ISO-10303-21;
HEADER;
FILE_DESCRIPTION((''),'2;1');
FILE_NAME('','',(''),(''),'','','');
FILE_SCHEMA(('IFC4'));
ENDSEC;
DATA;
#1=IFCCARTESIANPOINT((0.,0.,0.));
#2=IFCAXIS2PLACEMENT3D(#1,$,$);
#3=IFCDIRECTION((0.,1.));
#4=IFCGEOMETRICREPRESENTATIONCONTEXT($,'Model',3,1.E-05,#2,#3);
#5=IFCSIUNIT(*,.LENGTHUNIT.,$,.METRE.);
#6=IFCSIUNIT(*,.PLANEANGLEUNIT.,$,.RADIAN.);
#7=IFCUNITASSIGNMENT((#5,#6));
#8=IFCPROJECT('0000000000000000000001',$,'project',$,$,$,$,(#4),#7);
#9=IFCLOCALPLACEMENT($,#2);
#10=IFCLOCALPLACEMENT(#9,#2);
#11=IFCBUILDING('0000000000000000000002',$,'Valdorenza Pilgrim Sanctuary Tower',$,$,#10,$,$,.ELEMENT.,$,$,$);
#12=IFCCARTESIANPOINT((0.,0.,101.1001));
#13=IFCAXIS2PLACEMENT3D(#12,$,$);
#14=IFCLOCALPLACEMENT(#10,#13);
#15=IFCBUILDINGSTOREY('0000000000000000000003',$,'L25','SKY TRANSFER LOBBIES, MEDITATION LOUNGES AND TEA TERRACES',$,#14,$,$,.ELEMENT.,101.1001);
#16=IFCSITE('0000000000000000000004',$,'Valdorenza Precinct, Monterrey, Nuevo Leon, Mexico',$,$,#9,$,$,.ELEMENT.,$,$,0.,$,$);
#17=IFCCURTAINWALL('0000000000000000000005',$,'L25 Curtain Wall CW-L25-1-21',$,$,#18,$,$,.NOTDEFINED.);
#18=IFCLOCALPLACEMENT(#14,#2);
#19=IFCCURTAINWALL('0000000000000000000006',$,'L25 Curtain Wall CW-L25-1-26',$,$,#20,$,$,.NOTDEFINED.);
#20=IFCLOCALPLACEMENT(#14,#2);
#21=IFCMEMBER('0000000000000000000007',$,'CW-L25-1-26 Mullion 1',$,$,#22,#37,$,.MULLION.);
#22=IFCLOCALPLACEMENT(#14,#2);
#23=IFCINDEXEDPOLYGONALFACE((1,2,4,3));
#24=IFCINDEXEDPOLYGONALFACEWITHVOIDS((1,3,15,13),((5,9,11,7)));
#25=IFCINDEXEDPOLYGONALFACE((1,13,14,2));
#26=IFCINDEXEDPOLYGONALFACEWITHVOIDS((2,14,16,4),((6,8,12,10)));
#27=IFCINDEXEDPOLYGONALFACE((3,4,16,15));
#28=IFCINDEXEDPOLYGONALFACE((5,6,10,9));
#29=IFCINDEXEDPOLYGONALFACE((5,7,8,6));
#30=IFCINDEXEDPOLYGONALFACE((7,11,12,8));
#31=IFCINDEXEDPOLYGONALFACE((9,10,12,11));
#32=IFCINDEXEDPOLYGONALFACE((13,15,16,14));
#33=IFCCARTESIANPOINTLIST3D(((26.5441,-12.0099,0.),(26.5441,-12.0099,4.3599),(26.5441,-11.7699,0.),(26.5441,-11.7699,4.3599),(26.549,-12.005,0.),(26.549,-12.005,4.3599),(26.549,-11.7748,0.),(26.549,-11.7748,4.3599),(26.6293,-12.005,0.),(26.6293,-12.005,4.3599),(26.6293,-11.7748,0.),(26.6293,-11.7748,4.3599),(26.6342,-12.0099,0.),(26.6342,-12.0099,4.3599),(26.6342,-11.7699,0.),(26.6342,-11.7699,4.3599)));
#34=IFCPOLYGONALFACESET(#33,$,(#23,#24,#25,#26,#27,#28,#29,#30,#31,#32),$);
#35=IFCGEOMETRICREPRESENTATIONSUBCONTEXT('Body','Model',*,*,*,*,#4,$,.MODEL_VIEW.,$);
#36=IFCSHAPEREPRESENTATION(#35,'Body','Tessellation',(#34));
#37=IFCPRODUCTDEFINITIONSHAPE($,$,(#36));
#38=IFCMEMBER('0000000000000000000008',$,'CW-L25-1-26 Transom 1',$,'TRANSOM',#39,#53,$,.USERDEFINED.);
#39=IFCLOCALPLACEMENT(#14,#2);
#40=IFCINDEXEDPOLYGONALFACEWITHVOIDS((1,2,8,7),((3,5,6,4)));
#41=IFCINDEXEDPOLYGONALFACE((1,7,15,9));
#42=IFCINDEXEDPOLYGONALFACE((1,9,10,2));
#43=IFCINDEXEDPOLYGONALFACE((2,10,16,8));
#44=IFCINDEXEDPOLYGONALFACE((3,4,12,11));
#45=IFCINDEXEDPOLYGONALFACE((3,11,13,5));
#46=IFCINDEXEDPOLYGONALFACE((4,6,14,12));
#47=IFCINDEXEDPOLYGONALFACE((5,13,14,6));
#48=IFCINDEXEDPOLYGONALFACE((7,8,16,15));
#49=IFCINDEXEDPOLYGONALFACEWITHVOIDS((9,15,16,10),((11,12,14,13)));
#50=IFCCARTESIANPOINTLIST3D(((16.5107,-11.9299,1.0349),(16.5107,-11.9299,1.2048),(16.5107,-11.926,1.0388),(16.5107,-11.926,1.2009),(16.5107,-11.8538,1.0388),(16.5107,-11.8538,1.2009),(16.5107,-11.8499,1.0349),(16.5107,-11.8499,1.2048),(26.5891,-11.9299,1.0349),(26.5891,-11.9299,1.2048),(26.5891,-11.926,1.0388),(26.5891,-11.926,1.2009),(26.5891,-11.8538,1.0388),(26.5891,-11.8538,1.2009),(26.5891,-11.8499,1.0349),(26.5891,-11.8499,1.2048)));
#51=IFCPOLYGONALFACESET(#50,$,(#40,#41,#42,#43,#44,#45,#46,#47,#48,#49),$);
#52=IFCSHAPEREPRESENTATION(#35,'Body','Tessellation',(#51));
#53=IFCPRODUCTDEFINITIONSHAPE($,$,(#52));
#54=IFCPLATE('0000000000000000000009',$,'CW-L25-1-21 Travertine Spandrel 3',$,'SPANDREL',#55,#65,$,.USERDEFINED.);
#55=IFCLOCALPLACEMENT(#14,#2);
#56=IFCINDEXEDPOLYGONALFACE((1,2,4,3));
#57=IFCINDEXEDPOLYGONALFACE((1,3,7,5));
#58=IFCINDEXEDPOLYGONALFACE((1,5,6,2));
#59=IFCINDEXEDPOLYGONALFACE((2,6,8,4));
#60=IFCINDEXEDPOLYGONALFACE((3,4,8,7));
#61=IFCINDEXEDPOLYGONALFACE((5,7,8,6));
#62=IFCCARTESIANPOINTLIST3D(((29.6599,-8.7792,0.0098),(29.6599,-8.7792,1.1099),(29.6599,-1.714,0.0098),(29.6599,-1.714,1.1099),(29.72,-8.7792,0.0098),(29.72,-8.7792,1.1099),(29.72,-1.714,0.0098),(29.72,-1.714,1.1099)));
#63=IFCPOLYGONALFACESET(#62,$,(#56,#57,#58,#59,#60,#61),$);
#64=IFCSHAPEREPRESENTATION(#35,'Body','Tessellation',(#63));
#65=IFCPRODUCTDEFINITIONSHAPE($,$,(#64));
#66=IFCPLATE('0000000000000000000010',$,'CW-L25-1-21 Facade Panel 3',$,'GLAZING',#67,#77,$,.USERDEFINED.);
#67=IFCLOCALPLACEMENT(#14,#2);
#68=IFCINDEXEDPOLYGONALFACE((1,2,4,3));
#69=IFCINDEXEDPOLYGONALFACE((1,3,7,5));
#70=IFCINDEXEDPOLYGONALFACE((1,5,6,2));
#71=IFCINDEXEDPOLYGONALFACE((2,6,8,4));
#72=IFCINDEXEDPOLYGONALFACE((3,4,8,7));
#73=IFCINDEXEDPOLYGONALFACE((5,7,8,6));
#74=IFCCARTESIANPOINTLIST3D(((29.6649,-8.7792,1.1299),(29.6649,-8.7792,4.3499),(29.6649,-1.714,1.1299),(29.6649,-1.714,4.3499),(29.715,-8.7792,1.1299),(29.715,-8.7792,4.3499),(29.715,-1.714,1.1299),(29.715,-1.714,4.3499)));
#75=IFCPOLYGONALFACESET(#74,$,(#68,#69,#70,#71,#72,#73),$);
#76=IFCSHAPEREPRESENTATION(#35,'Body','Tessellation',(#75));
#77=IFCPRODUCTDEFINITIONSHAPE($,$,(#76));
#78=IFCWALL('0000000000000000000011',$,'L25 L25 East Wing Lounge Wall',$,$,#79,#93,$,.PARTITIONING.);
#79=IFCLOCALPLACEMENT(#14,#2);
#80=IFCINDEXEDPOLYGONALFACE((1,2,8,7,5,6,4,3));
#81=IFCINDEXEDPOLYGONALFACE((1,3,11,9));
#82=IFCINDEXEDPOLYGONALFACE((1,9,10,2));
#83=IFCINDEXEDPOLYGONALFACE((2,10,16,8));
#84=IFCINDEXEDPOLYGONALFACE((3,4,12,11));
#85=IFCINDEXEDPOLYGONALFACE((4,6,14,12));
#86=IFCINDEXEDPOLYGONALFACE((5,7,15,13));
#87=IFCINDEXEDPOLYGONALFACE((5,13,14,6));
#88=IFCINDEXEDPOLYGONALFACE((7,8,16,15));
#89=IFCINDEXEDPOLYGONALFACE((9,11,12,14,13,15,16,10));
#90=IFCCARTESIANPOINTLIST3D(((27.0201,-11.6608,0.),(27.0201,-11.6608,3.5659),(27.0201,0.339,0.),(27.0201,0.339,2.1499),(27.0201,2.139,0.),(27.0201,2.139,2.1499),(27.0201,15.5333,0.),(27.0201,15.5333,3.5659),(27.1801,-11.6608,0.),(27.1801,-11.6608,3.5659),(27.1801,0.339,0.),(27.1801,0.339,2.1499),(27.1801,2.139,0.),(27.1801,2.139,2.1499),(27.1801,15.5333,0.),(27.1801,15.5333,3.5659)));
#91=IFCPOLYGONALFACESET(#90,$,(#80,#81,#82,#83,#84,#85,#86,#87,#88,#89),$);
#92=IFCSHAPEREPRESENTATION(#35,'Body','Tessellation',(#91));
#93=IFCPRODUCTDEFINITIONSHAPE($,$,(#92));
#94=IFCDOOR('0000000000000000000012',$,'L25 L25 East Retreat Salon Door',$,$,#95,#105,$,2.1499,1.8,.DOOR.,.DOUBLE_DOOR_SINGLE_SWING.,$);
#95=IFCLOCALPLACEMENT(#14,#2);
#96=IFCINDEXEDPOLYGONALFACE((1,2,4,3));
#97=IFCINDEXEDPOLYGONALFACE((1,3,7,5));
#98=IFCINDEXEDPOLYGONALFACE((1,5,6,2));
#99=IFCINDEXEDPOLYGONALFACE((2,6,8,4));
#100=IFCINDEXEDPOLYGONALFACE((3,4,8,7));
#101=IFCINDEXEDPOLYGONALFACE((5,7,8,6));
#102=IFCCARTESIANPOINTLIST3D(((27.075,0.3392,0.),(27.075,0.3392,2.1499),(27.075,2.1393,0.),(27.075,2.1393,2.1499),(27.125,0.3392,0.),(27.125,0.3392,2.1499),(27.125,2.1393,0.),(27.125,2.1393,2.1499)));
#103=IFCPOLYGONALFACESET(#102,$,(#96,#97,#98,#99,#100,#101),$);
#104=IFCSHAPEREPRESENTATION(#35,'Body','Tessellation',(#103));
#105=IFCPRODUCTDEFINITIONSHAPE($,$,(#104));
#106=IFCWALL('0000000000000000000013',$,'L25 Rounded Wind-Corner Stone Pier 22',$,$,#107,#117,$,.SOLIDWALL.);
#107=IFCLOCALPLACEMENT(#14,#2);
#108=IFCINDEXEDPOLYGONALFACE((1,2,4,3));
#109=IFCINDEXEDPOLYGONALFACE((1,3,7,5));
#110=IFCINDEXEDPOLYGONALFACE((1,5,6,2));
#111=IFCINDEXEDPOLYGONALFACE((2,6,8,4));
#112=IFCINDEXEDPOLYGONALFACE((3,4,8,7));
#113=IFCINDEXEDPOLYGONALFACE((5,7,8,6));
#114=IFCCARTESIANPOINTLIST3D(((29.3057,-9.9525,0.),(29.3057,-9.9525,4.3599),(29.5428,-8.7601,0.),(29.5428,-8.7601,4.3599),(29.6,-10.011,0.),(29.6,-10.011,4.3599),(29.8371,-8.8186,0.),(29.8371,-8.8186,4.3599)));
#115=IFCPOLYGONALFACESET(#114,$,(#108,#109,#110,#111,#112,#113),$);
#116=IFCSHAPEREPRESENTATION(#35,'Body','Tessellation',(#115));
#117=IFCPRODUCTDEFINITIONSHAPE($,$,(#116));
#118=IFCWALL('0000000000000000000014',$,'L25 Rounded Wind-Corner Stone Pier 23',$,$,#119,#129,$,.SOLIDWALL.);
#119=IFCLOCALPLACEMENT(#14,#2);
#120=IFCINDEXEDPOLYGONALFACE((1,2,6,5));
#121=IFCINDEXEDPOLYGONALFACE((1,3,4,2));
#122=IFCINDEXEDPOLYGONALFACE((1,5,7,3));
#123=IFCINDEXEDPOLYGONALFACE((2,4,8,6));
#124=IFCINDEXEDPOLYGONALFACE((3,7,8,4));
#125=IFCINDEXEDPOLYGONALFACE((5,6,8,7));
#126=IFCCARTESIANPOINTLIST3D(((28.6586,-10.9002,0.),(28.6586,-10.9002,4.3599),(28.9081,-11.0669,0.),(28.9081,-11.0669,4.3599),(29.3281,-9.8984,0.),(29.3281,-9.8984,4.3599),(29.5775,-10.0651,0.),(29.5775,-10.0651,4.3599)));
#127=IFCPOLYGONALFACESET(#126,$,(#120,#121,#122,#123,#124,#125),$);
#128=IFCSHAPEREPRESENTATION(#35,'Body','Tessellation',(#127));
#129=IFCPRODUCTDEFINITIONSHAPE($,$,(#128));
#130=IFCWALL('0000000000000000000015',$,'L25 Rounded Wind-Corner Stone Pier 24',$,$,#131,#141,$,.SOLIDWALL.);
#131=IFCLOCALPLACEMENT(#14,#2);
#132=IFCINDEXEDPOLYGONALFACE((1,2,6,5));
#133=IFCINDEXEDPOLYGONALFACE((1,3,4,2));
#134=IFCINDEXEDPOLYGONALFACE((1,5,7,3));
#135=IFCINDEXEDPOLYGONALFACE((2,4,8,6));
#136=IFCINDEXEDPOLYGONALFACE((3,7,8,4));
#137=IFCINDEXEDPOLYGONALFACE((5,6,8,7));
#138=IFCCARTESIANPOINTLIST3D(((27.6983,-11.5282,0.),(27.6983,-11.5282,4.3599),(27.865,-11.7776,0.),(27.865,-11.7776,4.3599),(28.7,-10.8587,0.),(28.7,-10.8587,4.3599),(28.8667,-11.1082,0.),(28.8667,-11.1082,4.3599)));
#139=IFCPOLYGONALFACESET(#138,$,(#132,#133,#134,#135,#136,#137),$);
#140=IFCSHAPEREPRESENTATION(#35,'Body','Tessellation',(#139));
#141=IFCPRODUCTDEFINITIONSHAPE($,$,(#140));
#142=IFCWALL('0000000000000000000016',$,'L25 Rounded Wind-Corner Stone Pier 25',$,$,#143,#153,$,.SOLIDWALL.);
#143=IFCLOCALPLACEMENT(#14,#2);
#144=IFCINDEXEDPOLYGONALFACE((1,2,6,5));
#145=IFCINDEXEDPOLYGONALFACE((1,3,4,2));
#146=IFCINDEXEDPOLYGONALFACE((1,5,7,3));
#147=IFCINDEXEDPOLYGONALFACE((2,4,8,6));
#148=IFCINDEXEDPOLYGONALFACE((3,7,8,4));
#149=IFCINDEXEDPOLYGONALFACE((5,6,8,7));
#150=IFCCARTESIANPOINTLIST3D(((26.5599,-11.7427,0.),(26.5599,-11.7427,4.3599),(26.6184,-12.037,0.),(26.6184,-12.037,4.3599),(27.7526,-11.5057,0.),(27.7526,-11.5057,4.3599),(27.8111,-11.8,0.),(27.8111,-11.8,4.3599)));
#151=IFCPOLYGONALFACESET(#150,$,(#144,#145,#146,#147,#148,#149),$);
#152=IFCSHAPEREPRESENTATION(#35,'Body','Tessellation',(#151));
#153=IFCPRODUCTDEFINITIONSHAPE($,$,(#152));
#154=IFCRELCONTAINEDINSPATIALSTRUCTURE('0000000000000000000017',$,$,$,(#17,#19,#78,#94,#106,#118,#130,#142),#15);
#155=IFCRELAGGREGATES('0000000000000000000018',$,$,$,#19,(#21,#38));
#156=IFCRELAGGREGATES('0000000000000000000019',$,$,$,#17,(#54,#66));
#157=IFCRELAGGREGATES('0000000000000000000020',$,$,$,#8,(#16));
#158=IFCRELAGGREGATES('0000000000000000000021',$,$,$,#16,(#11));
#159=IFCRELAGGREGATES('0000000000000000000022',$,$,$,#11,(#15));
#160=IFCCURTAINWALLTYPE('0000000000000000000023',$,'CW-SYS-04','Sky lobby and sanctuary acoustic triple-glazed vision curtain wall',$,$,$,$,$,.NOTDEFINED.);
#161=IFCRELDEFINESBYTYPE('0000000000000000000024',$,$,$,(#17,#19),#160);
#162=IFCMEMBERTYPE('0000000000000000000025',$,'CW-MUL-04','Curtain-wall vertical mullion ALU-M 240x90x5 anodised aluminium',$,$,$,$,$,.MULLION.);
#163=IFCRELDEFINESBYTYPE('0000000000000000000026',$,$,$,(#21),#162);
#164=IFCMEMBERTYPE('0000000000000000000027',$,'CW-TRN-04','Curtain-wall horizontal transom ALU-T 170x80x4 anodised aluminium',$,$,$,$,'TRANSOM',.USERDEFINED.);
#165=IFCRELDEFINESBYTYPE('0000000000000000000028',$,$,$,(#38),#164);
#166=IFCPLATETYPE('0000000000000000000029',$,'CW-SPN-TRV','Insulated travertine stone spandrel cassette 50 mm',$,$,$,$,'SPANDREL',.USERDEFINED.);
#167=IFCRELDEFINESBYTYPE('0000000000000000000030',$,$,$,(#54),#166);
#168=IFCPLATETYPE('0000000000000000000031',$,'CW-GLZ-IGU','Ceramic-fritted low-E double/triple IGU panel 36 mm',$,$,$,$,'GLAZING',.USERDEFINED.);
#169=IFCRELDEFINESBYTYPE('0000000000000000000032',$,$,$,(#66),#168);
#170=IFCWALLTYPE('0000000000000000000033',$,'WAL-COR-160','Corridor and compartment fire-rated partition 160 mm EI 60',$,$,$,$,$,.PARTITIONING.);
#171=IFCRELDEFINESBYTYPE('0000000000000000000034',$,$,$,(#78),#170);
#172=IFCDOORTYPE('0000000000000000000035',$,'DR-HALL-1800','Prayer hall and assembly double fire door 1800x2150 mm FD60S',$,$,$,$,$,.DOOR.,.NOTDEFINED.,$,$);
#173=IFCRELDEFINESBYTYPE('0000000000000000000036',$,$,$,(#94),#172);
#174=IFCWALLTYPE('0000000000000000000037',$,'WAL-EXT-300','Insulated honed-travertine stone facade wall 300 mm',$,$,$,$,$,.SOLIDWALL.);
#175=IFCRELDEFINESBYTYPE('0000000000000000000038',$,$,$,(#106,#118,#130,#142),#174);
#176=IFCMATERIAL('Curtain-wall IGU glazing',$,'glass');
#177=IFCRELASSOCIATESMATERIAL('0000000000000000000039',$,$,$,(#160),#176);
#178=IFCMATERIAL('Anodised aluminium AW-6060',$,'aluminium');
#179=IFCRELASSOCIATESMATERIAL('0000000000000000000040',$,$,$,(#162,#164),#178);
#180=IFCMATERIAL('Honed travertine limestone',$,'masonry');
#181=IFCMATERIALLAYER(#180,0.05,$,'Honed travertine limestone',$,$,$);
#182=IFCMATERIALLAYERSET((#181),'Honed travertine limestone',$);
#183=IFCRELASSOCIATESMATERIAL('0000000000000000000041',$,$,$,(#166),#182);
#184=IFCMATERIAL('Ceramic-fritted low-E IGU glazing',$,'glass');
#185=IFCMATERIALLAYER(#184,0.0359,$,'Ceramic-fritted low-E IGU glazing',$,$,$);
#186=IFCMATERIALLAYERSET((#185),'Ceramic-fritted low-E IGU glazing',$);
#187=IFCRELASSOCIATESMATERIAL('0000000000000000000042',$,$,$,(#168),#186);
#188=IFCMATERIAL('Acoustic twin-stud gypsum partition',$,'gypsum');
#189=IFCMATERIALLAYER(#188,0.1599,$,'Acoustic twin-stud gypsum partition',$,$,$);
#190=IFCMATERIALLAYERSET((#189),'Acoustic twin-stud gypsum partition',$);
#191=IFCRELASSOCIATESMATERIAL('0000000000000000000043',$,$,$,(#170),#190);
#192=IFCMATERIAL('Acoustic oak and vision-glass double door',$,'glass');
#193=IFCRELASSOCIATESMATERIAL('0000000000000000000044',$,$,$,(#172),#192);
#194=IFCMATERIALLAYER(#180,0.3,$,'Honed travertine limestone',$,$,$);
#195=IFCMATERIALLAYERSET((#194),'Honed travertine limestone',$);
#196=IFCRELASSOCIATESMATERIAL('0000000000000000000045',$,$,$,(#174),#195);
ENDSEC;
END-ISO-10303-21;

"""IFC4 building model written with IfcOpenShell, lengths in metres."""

from ifc_helpers import new_model, si_unit, direction, frame, frame_2d, origin, origin_2d, place, context, subcontext, project, spatial, rectangle, hollow_rectangle, extrude, source, transform, mapped, material, layer, layer_set, material_profile, profile_set, type_object, element, fill, aggregate, save


model = new_model("IFC4")

# Units and contexts
model_context = context("Model", 3, precision=1e-05, world=origin(), true_north=direction((0.0, 1.0)))
body_context = subcontext(model_context, "Body", "Model", "MODEL_VIEW")
ifc_project = project(units=[si_unit("LENGTHUNIT", "METRE"), si_unit("PLANEANGLEUNIT", "RADIAN")], contexts=[model_context])

# Site, building, storey
site_placement = place(None, origin())
site = spatial("IfcSite", under=ifc_project, at=site_placement, Name="Valdorenza Precinct, Monterrey, Nuevo Leon, Mexico", CompositionType="ELEMENT", RefElevation=0.0)
building_placement = place(site_placement, origin())
building = spatial("IfcBuilding", under=site, at=building_placement, Name="Valdorenza Pilgrim Sanctuary Tower", CompositionType="ELEMENT")
storey_placement = place(building_placement, frame((0.0, 0.0, 101.1001)))
storey = spatial("IfcBuildingStorey", under=building, at=storey_placement, Name="L25", Description="SKY TRANSFER LOBBIES, MEDITATION LOUNGES AND TEA TERRACES", CompositionType="ELEMENT", Elevation=101.1001)

# Curtain walls, members
ifc_material_1 = material(Name="Curtain-wall IGU glazing", Category="glass")
curtain_wall_type = type_object("IfcCurtainWallType", Name="CW-SYS-04", Description="Sky lobby and sanctuary acoustic triple-glazed vision curtain wall", PredefinedType="NOTDEFINED", material=ifc_material_1)
curtain_wall_1_placement = place(storey_placement, origin())
curtain_wall_1 = element("IfcCurtainWall", 1, at=curtain_wall_1_placement, inside=storey, type_object=curtain_wall_type, Name="L25 Curtain Wall CW-L25-1-21", PredefinedType="NOTDEFINED")
ifc_material_2 = material(Name="Anodised aluminium AW-6060", Category="aluminium")
ifc_material_profile_1 = material_profile(ifc_material_2, hollow_rectangle(XDim=0.0901, YDim=0.24, WallThickness=0.0049, at=origin_2d()), Name="ALU-M 240x90x5")
ifc_profile_set_1 = profile_set([ifc_material_profile_1], Name="Anodised aluminium AW-6060")
member_type_1 = type_object("IfcMemberType", Name="CW-MUL-04", Description="Curtain-wall vertical mullion ALU-M 240x90x5 anodised aluminium", PredefinedType="MULLION", material=ifc_profile_set_1)
shared_shape_1 = source(origin(), body_context, "Body", "SweptSolid", [
    extrude(hollow_rectangle(XDim=0.0901, YDim=0.24, WallThickness=0.0049, at=origin_2d()), origin(), (0.0, 0.0, 1.0), 4.3599),
])
curtain_wall_2_placement = place(storey_placement, origin())
curtain_wall_2 = element("IfcCurtainWall", 2, at=curtain_wall_2_placement, inside=storey, type_object=curtain_wall_type, Name="L25 Curtain Wall CW-L25-1-26", PredefinedType="NOTDEFINED")
member_1_placement = place(storey_placement, frame((26.5891, -11.8899, 0.0), z_axis=(0.0, 0.0, 1.0), x_axis=(-1.0, 0.0, 0.0)))
member_1 = element("IfcMember", 3, at=member_1_placement, type_object=member_type_1, Name="CW-L25-1-26 Mullion 1", PredefinedType="MULLION", context=body_context, shape_type="MappedRepresentation", body=[
    mapped(shared_shape_1, transform((0.0, 0.0, 0.0), x_axis=(1.0, 0.0, 0.0), y_axis=(0.0, 1.0, 0.0), z_axis=(0.0, 0.0, 1.0), scale=1.0)),
])
ifc_material_profile_2 = material_profile(ifc_material_2, hollow_rectangle(XDim=0.0801, YDim=0.1699, WallThickness=0.0039, at=origin_2d()), Name="ALU-T 170x80x4")
ifc_profile_set_2 = profile_set([ifc_material_profile_2], Name="Anodised aluminium AW-6060")
member_type_2 = type_object("IfcMemberType", Name="CW-TRN-04", Description="Curtain-wall horizontal transom ALU-T 170x80x4 anodised aluminium", ElementType="TRANSOM", PredefinedType="USERDEFINED", material=ifc_profile_set_2)
shared_shape_2 = source(origin(), body_context, "Body", "SweptSolid", [
    extrude(hollow_rectangle(XDim=0.0801, YDim=0.1699, WallThickness=0.0039, at=origin_2d()), origin(), (0.0, 0.0, 1.0), 10.0784),
])
member_2_placement = place(storey_placement, frame((26.5891, -11.8899, 1.1199), z_axis=(-1.0, 0.0, 0.0), x_axis=(0.0, -1.0, 0.0)))
member_2 = element("IfcMember", 4, at=member_2_placement, type_object=member_type_2, Name="CW-L25-1-26 Transom 1", ObjectType="TRANSOM", PredefinedType="USERDEFINED", context=body_context, shape_type="MappedRepresentation", body=[
    mapped(shared_shape_2, transform((0.0, 0.0, 0.0), x_axis=(1.0, 0.0, 0.0), y_axis=(0.0, 1.0, 0.0), z_axis=(0.0, 0.0, 1.0), scale=1.0)),
])
aggregate(curtain_wall_2, [member_1, member_2])

# Plates
ifc_material_3 = material(Name="Honed travertine limestone", Category="masonry")
ifc_layer_1 = layer(ifc_material_3, 0.05, Name="Honed travertine limestone")
ifc_layer_set_1 = layer_set([ifc_layer_1], Name="Honed travertine limestone")
plate_type_1 = type_object("IfcPlateType", Name="CW-SPN-TRV", Description="Insulated travertine stone spandrel cassette 50 mm", ElementType="SPANDREL", PredefinedType="USERDEFINED", material=ifc_layer_set_1)
shared_shape_3 = source(origin(), body_context, "Body", "SweptSolid", [
    extrude(rectangle(XDim=7.0652, YDim=0.0601, at=origin_2d()), origin(), (0.0, 0.0, 1.0), 1.1001),
])
plate_1_placement = place(storey_placement, frame((29.6899, -5.2466, 0.0098), z_axis=(0.0, 0.0, 1.0), x_axis=(0.0, -1.0, 0.0)))
plate_1 = element("IfcPlate", 5, at=plate_1_placement, type_object=plate_type_1, Name="CW-L25-1-21 Travertine Spandrel 3", ObjectType="SPANDREL", PredefinedType="USERDEFINED", context=body_context, shape_type="MappedRepresentation", body=[
    mapped(shared_shape_3, transform((0.0, 0.0, 0.0), x_axis=(1.0, 0.0, 0.0), y_axis=(0.0, 1.0, 0.0), z_axis=(0.0, 0.0, 1.0), scale=1.0)),
])
ifc_material_4 = material(Name="Ceramic-fritted low-E IGU glazing", Category="glass")
ifc_layer_2 = layer(ifc_material_4, 0.0359, Name="Ceramic-fritted low-E IGU glazing")
ifc_layer_set_2 = layer_set([ifc_layer_2], Name="Ceramic-fritted low-E IGU glazing")
plate_type_2 = type_object("IfcPlateType", Name="CW-GLZ-IGU", Description="Ceramic-fritted low-E double/triple IGU panel 36 mm", ElementType="GLAZING", PredefinedType="USERDEFINED", material=ifc_layer_set_2)
shared_shape_4 = source(origin(), body_context, "Body", "SweptSolid", [
    extrude(rectangle(XDim=7.0652, YDim=0.05, at=origin_2d()), origin(), (0.0, 0.0, 1.0), 3.22),
])
plate_2_placement = place(storey_placement, frame((29.6899, -5.2466, 1.1299), z_axis=(0.0, 0.0, 1.0), x_axis=(0.0, -1.0, 0.0)))
plate_2 = element("IfcPlate", 6, at=plate_2_placement, type_object=plate_type_2, Name="CW-L25-1-21 Facade Panel 3", ObjectType="GLAZING", PredefinedType="USERDEFINED", context=body_context, shape_type="MappedRepresentation", body=[
    mapped(shared_shape_4, transform((0.0, 0.0, 0.0), x_axis=(1.0, 0.0, 0.0), y_axis=(0.0, 1.0, 0.0), z_axis=(0.0, 0.0, 1.0), scale=1.0)),
])
aggregate(curtain_wall_1, [plate_1, plate_2])

# Wall, opening, door
ifc_material_5 = material(Name="Acoustic twin-stud gypsum partition", Category="gypsum")
ifc_layer_3 = layer(ifc_material_5, 0.1599, Name="Acoustic twin-stud gypsum partition")
ifc_layer_set_3 = layer_set([ifc_layer_3], Name="Acoustic twin-stud gypsum partition")
wall_type_1 = type_object("IfcWallType", Name="WAL-COR-160", Description="Corridor and compartment fire-rated partition 160 mm EI 60", PredefinedType="PARTITIONING", material=ifc_layer_set_3)
wall_1_placement = place(storey_placement, frame((27.1001, -11.6609, 0.0), z_axis=(0.0, 0.0, 1.0), x_axis=(0.0, 1.0, 0.0)))
wall_1 = element("IfcWall", 7, at=wall_1_placement, inside=storey, type_object=wall_type_1, Name="L25 L25 East Wing Lounge Wall", PredefinedType="PARTITIONING", context=body_context, shape_type="SweptSolid", body=[
    extrude(rectangle(XDim=27.1941, YDim=0.1599, at=frame_2d((13.5972, 0.0))), origin(), (0.0, 0.0, 1.0), 3.5659),
])
opening_placement = place(wall_1_placement, frame((12.0, 0.0, 0.0)))
opening = element("IfcOpeningElement", 8, at=opening_placement, cuts=wall_1, PredefinedType="OPENING", context=body_context, shape_type="SweptSolid", body=[
    extrude(rectangle(XDim=1.8, YDim=2.1499, at=frame_2d((0.8999, 1.075))), frame((0.0, 0.0947, 0.0), z_axis=(0.0, -1.0, 0.0), x_axis=(1.0, 0.0, 0.0)), (0.0, 0.0, 1.0), 0.1897),
])
ifc_material_6 = material(Name="Acoustic oak and vision-glass double door", Category="glass")
door_type = type_object("IfcDoorType", Name="DR-HALL-1800", Description="Prayer hall and assembly double fire door 1800x2150 mm FD60S", OperationType="NOTDEFINED", PredefinedType="DOOR", material=ifc_material_6)
door_placement = place(opening_placement, frame((1.8, 0.0, 0.0), z_axis=(0.0, 0.0, 1.0), x_axis=(-1.0, 0.0, 0.0)))
door = element("IfcDoor", 9, at=door_placement, inside=storey, type_object=door_type, Name="L25 L25 East Retreat Salon Door", OperationType="DOUBLE_DOOR_SINGLE_SWING", OverallHeight=2.1499, OverallWidth=1.8, PredefinedType="DOOR", context=body_context, shape_type="SweptSolid", body=[
    extrude(rectangle(XDim=1.8, YDim=2.1499, at=frame_2d((0.8999, 1.075))), frame((0.0, 0.0249, 0.0), z_axis=(0.0, -1.0, 0.0), x_axis=(1.0, 0.0, 0.0)), (0.0, 0.0, 1.0), 0.05),
])
fill(opening, door)

# Walls
ifc_layer_4 = layer(ifc_material_3, 0.3, Name="Honed travertine limestone")
ifc_layer_set_4 = layer_set([ifc_layer_4], Name="Honed travertine limestone")
wall_type_2 = type_object("IfcWallType", Name="WAL-EXT-300", Description="Insulated honed-travertine stone facade wall 300 mm", PredefinedType="SOLIDWALL", material=ifc_layer_set_4)
wall_2_placement = place(storey_placement, frame((29.6899, -8.7893, 0.0), z_axis=(0.0, 0.0, 1.0), x_axis=(-0.194996, -0.980804, 0.0)))
element("IfcWall", 10, at=wall_2_placement, inside=storey, type_object=wall_type_2, Name="L25 Rounded Wind-Corner Stone Pier 22", PredefinedType="SOLIDWALL", context=body_context, shape_type="SweptSolid", body=[
    extrude(rectangle(XDim=1.2158, YDim=0.3, at=frame_2d((0.6079, 0.0))), origin(), (0.0, 0.0, 1.0), 4.3599),
])
for number, where, z_axis, x_axis, name in (
    (11, (29.4529, -9.9817, 0.0), (0.0, 0.0, 1.0), (-0.555635, -0.831426, 0.0), "L25 Rounded Wind-Corner Stone Pier 23"),
    (12, (28.7834, -10.9834, 0.0), (0.0, 0.0, 1.0), (-0.831426, -0.555635, 0.0), "L25 Rounded Wind-Corner Stone Pier 24"),
):
    element("IfcWall", number, at=place(storey_placement, frame(where, z_axis=z_axis, x_axis=x_axis)), inside=storey, type_object=wall_type_2, Name=name, PredefinedType="SOLIDWALL", context=body_context, shape_type="SweptSolid", body=[
        extrude(rectangle(XDim=1.2048, YDim=0.3, at=frame_2d((0.6025, 0.0))), origin(), (0.0, 0.0, 1.0), 4.3599),
    ])
wall_3_placement = place(storey_placement, frame((27.7817, -11.6528, 0.0), z_axis=(0.0, 0.0, 1.0), x_axis=(-0.980812, -0.194958, 0.0)))
element("IfcWall", 13, at=wall_3_placement, inside=storey, type_object=wall_type_2, Name="L25 Rounded Wind-Corner Stone Pier 25", PredefinedType="SOLIDWALL", context=body_context, shape_type="SweptSolid", body=[
    extrude(rectangle(XDim=1.2161, YDim=0.3, at=frame_2d((0.6079, 0.0))), origin(), (0.0, 0.0, 1.0), 4.3599),
])

save(model, "model.ifc")
